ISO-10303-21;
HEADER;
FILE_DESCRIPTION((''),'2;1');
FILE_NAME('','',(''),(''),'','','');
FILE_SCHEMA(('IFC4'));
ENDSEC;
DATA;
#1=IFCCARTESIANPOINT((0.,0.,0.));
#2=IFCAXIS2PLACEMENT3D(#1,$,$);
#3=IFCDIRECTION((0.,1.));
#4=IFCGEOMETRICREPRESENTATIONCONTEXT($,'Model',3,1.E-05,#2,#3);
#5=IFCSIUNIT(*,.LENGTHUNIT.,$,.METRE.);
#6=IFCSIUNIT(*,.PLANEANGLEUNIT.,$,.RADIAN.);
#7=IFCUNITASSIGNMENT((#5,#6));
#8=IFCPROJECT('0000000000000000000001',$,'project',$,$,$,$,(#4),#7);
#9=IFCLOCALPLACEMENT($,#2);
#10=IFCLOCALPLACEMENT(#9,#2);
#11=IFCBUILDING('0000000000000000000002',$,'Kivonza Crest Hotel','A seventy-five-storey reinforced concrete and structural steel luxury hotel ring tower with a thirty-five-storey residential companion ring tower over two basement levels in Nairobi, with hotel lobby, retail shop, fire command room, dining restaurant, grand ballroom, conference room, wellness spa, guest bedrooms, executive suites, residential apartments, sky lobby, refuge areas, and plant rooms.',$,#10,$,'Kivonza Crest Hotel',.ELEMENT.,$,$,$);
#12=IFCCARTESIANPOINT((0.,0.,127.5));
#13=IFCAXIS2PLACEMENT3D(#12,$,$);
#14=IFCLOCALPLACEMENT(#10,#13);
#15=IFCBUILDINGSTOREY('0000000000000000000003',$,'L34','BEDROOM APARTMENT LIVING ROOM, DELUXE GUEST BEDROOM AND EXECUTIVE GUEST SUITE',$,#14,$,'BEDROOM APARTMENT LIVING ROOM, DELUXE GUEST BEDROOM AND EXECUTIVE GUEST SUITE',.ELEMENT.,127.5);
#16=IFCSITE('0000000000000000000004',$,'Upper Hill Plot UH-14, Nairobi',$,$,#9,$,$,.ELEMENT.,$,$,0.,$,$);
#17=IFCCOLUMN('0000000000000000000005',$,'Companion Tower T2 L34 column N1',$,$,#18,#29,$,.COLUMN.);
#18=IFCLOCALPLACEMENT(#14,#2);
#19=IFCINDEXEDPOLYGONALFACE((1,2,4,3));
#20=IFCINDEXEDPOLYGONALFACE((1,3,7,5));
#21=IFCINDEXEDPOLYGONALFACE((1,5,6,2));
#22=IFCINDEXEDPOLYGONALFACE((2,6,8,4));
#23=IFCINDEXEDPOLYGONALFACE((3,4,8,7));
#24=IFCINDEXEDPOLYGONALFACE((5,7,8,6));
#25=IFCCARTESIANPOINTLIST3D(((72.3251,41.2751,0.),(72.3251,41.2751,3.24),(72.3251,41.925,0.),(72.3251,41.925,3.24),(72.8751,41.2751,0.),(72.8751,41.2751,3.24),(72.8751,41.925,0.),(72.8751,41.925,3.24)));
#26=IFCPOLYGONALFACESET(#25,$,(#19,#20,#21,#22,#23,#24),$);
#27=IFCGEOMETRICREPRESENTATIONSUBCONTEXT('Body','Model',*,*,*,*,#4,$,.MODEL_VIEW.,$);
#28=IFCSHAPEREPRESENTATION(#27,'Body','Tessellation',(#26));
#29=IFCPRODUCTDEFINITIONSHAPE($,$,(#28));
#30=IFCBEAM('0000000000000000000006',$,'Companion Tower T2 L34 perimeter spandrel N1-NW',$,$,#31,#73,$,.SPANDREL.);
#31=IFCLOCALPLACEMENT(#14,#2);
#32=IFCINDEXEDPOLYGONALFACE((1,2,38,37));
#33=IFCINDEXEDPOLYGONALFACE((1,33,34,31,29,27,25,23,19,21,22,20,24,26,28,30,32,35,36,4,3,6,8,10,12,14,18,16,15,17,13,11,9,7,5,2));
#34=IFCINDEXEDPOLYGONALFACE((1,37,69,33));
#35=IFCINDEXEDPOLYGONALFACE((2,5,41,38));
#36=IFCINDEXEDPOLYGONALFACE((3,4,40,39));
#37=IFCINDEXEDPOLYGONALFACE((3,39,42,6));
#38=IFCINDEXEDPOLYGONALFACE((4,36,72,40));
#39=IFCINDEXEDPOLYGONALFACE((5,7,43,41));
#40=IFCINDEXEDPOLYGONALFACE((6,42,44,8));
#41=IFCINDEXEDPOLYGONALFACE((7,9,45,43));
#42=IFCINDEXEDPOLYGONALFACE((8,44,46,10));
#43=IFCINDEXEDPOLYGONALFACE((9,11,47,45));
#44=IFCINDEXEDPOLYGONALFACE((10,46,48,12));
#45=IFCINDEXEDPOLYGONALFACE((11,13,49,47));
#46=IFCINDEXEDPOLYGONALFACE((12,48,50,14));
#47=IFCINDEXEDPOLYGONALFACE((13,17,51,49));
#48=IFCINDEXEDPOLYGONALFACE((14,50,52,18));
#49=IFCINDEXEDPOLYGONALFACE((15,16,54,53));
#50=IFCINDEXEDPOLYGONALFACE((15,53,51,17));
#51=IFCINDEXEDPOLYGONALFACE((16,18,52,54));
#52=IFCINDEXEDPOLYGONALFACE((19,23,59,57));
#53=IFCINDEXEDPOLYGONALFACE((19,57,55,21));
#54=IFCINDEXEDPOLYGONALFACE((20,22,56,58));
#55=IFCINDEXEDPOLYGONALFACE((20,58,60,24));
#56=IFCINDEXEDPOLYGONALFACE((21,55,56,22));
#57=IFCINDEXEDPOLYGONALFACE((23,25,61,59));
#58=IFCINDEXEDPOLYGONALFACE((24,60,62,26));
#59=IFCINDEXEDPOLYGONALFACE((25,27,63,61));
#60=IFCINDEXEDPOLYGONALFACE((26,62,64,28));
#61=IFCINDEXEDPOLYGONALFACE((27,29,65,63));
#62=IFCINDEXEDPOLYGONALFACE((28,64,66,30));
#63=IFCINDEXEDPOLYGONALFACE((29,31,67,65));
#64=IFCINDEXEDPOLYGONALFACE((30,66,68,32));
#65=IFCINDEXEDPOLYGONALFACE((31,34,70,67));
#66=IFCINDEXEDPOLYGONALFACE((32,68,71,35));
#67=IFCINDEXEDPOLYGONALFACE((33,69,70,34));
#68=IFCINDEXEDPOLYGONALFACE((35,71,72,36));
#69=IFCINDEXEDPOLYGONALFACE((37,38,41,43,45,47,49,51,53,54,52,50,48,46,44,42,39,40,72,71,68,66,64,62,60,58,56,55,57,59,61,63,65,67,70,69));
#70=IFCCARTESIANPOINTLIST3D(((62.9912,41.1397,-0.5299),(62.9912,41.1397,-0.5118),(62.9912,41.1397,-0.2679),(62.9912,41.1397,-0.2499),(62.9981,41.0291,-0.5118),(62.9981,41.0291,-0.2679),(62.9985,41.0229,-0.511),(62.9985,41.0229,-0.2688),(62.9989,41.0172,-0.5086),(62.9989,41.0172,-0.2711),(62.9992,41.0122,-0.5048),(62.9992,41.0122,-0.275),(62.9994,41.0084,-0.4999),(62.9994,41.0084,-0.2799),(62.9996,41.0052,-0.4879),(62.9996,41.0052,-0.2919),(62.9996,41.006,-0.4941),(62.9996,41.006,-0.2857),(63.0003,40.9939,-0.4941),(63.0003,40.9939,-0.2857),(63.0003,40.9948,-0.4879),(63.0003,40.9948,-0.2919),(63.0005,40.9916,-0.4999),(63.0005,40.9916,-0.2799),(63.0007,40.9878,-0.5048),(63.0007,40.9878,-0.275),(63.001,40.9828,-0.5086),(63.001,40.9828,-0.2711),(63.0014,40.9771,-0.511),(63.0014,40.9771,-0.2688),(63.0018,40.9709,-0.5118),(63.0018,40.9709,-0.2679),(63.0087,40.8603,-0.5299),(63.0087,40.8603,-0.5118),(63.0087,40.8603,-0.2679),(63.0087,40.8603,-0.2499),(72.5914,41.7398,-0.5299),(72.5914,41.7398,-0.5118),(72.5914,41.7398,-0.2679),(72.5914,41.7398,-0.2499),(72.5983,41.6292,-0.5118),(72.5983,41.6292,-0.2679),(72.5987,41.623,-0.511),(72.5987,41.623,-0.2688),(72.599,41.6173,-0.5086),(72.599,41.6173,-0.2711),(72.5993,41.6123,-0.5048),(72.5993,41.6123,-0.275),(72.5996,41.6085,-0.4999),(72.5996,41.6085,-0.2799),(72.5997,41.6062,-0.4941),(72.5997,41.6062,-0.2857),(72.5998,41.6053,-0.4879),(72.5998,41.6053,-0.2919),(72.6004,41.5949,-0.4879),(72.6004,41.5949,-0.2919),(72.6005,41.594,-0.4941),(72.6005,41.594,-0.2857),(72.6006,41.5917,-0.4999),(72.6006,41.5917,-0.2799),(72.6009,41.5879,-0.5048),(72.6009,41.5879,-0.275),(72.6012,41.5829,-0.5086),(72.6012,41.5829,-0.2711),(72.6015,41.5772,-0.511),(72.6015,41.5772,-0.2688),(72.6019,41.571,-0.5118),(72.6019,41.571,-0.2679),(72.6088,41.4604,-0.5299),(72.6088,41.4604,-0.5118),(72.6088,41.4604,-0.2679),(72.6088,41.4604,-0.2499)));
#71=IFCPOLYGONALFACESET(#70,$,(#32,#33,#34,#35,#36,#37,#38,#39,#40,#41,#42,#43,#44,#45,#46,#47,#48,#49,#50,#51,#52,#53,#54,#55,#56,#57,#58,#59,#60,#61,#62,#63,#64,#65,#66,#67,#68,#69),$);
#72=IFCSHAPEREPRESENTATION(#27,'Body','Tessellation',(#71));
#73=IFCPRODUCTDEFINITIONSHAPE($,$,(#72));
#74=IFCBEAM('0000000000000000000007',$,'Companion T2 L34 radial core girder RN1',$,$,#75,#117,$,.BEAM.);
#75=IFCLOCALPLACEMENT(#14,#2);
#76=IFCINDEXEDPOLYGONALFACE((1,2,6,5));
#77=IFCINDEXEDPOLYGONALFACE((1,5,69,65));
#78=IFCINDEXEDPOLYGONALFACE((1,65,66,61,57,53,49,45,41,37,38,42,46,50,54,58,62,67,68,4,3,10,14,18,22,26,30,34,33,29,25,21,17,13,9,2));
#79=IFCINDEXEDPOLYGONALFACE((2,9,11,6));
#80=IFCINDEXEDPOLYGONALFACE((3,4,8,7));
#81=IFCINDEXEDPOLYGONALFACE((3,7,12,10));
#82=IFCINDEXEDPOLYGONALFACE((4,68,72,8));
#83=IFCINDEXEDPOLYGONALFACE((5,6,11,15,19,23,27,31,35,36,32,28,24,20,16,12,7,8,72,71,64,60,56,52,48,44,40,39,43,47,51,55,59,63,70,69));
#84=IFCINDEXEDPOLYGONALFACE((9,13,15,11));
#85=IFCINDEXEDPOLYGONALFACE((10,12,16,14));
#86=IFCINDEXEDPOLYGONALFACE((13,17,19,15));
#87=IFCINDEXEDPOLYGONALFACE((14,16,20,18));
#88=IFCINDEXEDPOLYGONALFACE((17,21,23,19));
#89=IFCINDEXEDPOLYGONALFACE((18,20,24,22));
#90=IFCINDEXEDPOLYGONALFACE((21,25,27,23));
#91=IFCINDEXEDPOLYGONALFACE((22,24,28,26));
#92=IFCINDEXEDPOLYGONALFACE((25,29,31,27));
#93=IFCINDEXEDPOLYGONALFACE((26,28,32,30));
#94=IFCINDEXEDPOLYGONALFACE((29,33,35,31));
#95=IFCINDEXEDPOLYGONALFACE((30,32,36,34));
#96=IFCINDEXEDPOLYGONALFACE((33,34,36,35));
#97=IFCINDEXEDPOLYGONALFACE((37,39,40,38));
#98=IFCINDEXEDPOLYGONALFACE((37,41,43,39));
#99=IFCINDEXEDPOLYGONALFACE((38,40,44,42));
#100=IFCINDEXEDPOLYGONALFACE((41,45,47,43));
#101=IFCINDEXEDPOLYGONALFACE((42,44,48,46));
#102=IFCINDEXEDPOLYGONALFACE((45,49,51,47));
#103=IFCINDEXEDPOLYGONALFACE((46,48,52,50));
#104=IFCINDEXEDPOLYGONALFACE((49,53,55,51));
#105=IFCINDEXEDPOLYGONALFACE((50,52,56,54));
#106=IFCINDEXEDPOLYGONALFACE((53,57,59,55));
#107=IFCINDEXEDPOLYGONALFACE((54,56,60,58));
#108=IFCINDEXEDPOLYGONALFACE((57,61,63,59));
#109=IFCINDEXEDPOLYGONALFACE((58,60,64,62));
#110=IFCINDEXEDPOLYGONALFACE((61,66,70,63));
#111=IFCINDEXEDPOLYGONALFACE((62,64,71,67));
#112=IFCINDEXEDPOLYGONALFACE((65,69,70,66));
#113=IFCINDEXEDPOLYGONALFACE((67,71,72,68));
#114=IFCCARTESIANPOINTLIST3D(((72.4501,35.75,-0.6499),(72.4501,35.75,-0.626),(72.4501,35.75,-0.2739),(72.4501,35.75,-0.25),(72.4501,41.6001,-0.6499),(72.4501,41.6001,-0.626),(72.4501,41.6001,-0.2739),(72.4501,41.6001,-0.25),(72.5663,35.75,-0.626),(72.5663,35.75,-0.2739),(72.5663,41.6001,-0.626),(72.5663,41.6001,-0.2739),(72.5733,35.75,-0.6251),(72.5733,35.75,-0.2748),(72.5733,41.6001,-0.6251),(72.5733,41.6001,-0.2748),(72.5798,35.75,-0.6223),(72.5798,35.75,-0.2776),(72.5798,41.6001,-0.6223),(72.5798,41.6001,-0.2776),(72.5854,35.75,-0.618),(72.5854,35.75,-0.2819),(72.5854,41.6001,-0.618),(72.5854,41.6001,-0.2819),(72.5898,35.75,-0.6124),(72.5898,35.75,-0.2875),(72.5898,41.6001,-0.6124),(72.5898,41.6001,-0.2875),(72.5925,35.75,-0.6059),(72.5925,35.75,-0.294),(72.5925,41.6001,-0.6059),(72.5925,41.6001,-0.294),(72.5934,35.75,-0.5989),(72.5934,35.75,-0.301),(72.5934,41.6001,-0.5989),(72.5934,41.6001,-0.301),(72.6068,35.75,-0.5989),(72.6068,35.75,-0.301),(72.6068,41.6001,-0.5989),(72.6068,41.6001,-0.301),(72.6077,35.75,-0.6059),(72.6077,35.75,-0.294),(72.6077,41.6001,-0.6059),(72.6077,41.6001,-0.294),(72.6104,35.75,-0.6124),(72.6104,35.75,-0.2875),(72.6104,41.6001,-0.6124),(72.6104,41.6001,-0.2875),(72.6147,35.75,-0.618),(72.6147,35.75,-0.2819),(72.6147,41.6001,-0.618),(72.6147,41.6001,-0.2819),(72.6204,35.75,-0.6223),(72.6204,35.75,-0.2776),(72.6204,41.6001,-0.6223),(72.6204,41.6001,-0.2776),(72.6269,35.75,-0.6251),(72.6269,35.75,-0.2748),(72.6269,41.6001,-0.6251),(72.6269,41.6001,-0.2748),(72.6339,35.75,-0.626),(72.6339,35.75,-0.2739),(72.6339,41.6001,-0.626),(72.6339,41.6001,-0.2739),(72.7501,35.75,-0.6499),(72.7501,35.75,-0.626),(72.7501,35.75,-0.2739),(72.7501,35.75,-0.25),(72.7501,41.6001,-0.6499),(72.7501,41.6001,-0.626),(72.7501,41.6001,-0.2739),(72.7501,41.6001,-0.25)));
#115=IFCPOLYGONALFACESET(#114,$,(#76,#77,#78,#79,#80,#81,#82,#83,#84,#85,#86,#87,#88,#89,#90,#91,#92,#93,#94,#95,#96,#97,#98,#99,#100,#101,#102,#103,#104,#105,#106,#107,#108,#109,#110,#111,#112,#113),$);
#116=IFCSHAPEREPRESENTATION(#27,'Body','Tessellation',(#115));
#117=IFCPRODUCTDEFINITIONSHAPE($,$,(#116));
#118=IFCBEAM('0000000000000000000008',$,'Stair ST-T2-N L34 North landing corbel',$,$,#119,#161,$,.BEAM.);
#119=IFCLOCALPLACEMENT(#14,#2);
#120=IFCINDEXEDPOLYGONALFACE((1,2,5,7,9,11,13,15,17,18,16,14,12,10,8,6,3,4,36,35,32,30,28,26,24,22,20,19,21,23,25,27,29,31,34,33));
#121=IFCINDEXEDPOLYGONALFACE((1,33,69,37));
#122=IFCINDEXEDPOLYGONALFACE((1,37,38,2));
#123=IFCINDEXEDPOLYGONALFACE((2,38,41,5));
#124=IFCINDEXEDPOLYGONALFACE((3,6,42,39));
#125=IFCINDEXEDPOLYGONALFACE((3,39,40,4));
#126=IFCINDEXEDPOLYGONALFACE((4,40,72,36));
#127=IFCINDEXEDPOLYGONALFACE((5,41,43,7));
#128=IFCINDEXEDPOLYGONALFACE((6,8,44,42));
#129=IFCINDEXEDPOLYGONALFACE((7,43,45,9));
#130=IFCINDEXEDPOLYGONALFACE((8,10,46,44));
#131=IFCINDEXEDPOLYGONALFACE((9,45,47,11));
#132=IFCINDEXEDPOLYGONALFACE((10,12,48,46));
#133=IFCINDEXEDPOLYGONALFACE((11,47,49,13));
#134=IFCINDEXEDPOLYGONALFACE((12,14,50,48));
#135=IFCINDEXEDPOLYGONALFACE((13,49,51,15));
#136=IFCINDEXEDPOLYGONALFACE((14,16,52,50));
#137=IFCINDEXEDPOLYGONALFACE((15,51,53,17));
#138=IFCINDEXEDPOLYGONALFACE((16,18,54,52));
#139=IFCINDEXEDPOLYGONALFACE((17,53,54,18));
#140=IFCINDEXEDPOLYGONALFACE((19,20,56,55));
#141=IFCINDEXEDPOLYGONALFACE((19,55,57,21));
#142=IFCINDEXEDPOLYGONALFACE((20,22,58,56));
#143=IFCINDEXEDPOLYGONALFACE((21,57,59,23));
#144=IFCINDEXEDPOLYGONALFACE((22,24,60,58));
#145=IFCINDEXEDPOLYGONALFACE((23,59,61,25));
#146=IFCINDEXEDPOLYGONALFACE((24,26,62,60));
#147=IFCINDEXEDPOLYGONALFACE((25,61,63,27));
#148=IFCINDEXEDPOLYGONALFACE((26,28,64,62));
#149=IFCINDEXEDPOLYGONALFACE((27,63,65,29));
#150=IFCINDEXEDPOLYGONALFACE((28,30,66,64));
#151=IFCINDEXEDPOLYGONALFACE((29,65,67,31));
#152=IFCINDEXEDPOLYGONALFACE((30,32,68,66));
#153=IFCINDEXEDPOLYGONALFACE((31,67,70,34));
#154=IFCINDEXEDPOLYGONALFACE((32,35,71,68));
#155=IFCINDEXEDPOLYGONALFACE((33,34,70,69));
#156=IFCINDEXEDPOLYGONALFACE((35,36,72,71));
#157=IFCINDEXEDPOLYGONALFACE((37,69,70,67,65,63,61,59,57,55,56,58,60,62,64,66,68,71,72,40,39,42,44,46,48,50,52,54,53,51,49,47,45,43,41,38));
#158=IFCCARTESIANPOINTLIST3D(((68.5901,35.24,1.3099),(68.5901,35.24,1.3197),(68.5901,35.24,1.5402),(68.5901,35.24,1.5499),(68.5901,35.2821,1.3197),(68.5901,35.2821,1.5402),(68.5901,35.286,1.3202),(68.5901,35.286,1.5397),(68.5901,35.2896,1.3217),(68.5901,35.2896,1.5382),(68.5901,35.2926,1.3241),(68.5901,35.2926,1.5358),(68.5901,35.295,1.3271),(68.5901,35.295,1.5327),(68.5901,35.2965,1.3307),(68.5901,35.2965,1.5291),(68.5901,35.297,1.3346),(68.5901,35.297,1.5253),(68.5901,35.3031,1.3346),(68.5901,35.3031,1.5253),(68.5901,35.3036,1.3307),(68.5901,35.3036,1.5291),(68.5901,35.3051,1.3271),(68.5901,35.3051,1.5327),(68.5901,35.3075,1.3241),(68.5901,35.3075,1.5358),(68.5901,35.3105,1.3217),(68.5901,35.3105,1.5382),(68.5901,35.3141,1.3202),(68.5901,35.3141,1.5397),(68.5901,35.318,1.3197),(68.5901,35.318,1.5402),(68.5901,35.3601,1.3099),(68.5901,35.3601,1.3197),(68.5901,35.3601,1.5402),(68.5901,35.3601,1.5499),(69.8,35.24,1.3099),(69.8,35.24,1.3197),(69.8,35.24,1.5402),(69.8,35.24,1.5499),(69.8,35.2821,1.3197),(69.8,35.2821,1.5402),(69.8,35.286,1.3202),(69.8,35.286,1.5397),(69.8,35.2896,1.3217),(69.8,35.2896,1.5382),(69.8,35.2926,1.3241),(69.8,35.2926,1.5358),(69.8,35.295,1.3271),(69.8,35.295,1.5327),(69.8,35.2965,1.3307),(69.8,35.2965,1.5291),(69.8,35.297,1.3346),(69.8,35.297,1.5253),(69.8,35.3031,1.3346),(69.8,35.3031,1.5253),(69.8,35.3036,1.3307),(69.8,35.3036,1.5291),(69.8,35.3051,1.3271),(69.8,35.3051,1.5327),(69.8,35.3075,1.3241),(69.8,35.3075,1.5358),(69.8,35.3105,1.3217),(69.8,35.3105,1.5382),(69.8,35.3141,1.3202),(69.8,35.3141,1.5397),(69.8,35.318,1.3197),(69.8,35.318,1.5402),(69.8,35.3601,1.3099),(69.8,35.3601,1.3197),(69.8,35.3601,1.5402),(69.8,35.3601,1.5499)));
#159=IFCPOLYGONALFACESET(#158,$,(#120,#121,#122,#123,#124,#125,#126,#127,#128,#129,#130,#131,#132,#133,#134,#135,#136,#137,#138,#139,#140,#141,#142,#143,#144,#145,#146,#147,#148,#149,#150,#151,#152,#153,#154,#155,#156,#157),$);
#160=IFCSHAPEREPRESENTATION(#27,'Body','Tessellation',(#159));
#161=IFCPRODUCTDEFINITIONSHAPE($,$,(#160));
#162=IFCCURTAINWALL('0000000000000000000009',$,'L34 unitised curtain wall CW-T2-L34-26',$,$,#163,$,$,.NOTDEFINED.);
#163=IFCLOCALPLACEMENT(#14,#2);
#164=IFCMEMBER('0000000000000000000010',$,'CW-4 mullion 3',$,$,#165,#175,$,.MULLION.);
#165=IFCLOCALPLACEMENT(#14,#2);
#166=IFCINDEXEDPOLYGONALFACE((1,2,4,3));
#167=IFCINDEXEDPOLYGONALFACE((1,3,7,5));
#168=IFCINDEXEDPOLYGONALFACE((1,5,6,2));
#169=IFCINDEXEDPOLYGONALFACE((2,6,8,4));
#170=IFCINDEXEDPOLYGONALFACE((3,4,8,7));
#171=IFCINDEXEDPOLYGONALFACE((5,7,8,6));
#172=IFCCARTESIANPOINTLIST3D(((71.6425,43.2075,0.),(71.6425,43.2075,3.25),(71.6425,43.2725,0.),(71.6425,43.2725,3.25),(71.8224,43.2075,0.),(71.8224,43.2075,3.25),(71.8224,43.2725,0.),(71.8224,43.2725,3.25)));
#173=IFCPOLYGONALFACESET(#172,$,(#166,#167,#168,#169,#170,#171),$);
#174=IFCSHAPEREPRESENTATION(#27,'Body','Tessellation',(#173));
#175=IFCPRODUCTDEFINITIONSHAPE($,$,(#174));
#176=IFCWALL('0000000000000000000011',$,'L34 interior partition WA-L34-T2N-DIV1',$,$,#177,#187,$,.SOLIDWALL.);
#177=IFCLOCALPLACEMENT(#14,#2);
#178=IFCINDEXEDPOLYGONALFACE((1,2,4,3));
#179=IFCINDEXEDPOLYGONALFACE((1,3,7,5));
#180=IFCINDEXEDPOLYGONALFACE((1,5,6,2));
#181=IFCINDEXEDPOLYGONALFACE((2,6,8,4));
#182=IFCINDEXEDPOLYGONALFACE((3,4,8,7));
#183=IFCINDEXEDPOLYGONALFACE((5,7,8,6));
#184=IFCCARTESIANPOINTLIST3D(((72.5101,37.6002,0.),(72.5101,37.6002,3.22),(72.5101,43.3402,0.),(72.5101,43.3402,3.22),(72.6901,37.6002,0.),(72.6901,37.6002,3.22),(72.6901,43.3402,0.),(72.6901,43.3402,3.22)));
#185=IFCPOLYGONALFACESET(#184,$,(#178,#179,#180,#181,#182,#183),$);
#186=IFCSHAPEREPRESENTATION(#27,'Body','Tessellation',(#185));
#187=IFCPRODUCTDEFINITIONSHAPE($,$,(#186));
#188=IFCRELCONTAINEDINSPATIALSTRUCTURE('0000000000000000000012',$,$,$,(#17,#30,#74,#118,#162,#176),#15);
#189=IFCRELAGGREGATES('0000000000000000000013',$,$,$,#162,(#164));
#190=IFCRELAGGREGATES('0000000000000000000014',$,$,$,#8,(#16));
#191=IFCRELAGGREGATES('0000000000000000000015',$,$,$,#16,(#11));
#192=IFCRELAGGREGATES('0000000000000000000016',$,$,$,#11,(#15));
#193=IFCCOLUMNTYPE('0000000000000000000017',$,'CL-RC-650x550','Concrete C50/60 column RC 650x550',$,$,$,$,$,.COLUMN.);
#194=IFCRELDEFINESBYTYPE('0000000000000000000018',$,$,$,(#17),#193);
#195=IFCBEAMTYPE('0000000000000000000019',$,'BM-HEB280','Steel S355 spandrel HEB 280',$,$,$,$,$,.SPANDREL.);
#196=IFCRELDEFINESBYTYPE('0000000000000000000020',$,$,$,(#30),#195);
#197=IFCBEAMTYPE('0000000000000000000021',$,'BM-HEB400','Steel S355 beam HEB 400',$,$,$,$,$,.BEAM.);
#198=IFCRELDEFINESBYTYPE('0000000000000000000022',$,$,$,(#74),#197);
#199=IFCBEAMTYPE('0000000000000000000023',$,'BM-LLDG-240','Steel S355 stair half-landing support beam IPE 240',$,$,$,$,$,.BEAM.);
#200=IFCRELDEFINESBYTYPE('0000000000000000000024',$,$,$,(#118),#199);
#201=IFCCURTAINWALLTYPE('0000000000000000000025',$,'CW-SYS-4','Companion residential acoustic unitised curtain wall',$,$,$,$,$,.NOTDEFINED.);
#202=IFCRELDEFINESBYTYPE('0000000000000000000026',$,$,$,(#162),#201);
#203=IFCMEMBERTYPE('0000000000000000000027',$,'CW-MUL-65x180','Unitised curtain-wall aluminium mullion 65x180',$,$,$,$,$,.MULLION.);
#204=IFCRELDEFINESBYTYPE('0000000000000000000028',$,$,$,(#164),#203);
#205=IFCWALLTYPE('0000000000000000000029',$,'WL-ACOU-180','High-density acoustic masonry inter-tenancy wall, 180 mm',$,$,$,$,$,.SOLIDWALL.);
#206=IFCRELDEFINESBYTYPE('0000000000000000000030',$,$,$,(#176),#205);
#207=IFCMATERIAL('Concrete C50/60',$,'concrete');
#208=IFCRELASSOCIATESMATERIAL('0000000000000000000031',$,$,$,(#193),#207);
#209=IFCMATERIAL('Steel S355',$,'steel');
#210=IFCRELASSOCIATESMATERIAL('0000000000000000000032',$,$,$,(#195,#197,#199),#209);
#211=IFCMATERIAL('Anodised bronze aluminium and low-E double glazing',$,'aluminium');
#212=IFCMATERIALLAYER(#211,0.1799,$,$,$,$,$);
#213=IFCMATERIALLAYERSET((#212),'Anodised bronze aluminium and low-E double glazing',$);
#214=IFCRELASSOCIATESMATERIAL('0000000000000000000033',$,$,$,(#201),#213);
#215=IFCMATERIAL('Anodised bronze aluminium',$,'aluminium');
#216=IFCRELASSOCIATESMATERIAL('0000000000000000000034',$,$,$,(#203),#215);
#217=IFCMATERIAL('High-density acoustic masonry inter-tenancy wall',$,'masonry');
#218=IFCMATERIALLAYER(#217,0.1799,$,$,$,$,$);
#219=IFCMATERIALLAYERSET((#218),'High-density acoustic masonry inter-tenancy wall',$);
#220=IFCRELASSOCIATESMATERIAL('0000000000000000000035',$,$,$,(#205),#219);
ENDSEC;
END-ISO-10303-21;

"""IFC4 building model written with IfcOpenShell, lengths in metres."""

from ifc_helpers import new_model, si_unit, direction, frame, frame_2d, origin, origin_2d, place, context, subcontext, project, spatial, rectangle, i_section, extrude, material, layer, layer_set, material_profile, profile_set, type_object, element, aggregate, save


model = new_model("IFC4")

# Units and contexts
model_context = context("Model", 3, precision=1e-05, world=origin(), true_north=direction((0.0, 1.0)))
body_context = subcontext(model_context, "Body", "Model", "MODEL_VIEW")
ifc_project = project(units=[si_unit("LENGTHUNIT", "METRE"), si_unit("PLANEANGLEUNIT", "RADIAN")], contexts=[model_context])

# Site, building, storey
site_placement = place(None, origin())
site = spatial("IfcSite", under=ifc_project, at=site_placement, Name="Upper Hill Plot UH-14, Nairobi", CompositionType="ELEMENT", RefElevation=0.0)
building_placement = place(site_placement, origin())
building = spatial("IfcBuilding", under=site, at=building_placement, Name="Kivonza Crest Hotel", Description="A seventy-five-storey reinforced concrete and structural steel luxury hotel ring tower with a thirty-five-storey residential companion ring tower over two basement levels in Nairobi, with hotel lobby, retail shop, fire command room, dining restaurant, grand ballroom, conference room, wellness spa, guest bedrooms, executive suites, residential apartments, sky lobby, refuge areas, and plant rooms.", LongName="Kivonza Crest Hotel", CompositionType="ELEMENT")
storey_placement = place(building_placement, frame((0.0, 0.0, 127.5)))
storey = spatial("IfcBuildingStorey", under=building, at=storey_placement, Name="L34", Description="BEDROOM APARTMENT LIVING ROOM, DELUXE GUEST BEDROOM AND EXECUTIVE GUEST SUITE", LongName="BEDROOM APARTMENT LIVING ROOM, DELUXE GUEST BEDROOM AND EXECUTIVE GUEST SUITE", CompositionType="ELEMENT", Elevation=127.5)

# Column
ifc_material_1 = material(Name="Concrete C50/60", Category="concrete")
ifc_material_profile_1 = material_profile(ifc_material_1, rectangle(XDim=0.55, YDim=0.6499, at=origin_2d()), Name="RC 650x550")
ifc_profile_set_1 = profile_set([ifc_material_profile_1], Name="Concrete C50/60")
column_type = type_object("IfcColumnType", Name="CL-RC-650x550", Description="Concrete C50/60 column RC 650x550", PredefinedType="COLUMN", material=ifc_profile_set_1)
column_placement = place(storey_placement, frame((72.6001, 41.6001, 0.0), z_axis=(0.0, 0.0, 1.0), x_axis=(1.0, 0.0, 0.0)))
element("IfcColumn", 1, at=column_placement, inside=storey, type_object=column_type, Name="Companion Tower T2 L34 column N1", PredefinedType="COLUMN", context=body_context, shape_type="SweptSolid", body=[
    extrude(rectangle(XDim=0.55, YDim=0.6499, at=origin_2d()), origin(), (0.0, 0.0, 1.0), 3.24),
])

# Beams
ifc_material_2 = material(Name="Steel S355", Category="steel")
ifc_material_profile_2 = material_profile(ifc_material_2, i_section(OverallWidth=0.28, OverallDepth=0.28, WebThickness=0.0105, FlangeThickness=0.0181, FilletRadius=0.0239, at=origin_2d()), Name="HEB 280")
ifc_profile_set_2 = profile_set([ifc_material_profile_2], Name="Steel S355")
beam_type_1 = type_object("IfcBeamType", Name="BM-HEB280", Description="Steel S355 spandrel HEB 280", PredefinedType="SPANDREL", material=ifc_profile_set_2)
beam_1_placement = place(storey_placement, frame((72.6001, 41.6001, -0.3899), z_axis=(-0.998052, -0.062388, 0.0), x_axis=(0.062388, -0.998052, 0.0)))
element("IfcBeam", 2, at=beam_1_placement, inside=storey, type_object=beam_type_1, Name="Companion Tower T2 L34 perimeter spandrel N1-NW", PredefinedType="SPANDREL", context=body_context, shape_type="SweptSolid", body=[
    extrude(i_section(OverallWidth=0.28, OverallDepth=0.28, WebThickness=0.0105, FlangeThickness=0.0181, FilletRadius=0.0239, at=origin_2d()), origin(), (0.0, 0.0, 1.0), 9.6189),
])
ifc_material_profile_3 = material_profile(ifc_material_2, i_section(OverallWidth=0.3, OverallDepth=0.3999, WebThickness=0.0134, FlangeThickness=0.0239, FilletRadius=0.0271, at=origin_2d()), Name="HEB 400")
ifc_profile_set_3 = profile_set([ifc_material_profile_3], Name="Steel S355")
beam_type_2 = type_object("IfcBeamType", Name="BM-HEB400", Description="Steel S355 beam HEB 400", PredefinedType="BEAM", material=ifc_profile_set_3)
beam_2_placement = place(storey_placement, frame((72.6001, 41.6001, -0.45), z_axis=(0.0, -1.0, 0.0), x_axis=(1.0, 0.0, 0.0)))
element("IfcBeam", 3, at=beam_2_placement, inside=storey, type_object=beam_type_2, Name="Companion T2 L34 radial core girder RN1", PredefinedType="BEAM", context=body_context, shape_type="SweptSolid", body=[
    extrude(i_section(OverallWidth=0.3, OverallDepth=0.3999, WebThickness=0.0134, FlangeThickness=0.0239, FilletRadius=0.0271, at=origin_2d()), origin(), (0.0, 0.0, 1.0), 5.8501),
])
ifc_material_profile_4 = material_profile(ifc_material_2, i_section(OverallWidth=0.1201, OverallDepth=0.24, WebThickness=0.0061, FlangeThickness=0.0098, FilletRadius=0.0149, at=origin_2d()), Name="IPE 240")
ifc_profile_set_4 = profile_set([ifc_material_profile_4], Name="Steel S355")
beam_type_3 = type_object("IfcBeamType", Name="BM-LLDG-240", Description="Steel S355 stair half-landing support beam IPE 240", PredefinedType="BEAM", material=ifc_profile_set_4)
beam_3_placement = place(storey_placement, frame((68.5901, 35.3, 1.4299), z_axis=(1.0, 0.0, 0.0), x_axis=(0.0, 1.0, 0.0)))
element("IfcBeam", 4, at=beam_3_placement, inside=storey, type_object=beam_type_3, Name="Stair ST-T2-N L34 North landing corbel", PredefinedType="BEAM", context=body_context, shape_type="SweptSolid", body=[
    extrude(i_section(OverallWidth=0.1201, OverallDepth=0.24, WebThickness=0.0061, FlangeThickness=0.0098, FilletRadius=0.0149, at=origin_2d()), origin(), (0.0, 0.0, 1.0), 1.21),
])

# Curtain wall, member
ifc_material_3 = material(Name="Anodised bronze aluminium and low-E double glazing", Category="aluminium")
ifc_layer_1 = layer(ifc_material_3, 0.1799)
ifc_layer_set_1 = layer_set([ifc_layer_1], Name="Anodised bronze aluminium and low-E double glazing")
curtain_wall_type = type_object("IfcCurtainWallType", Name="CW-SYS-4", Description="Companion residential acoustic unitised curtain wall", PredefinedType="NOTDEFINED", material=ifc_layer_set_1)
curtain_wall_placement = place(storey_placement, origin())
curtain_wall = element("IfcCurtainWall", 5, at=curtain_wall_placement, inside=storey, type_object=curtain_wall_type, Name="L34 unitised curtain wall CW-T2-L34-26", PredefinedType="NOTDEFINED")
ifc_material_4 = material(Name="Anodised bronze aluminium", Category="aluminium")
ifc_material_profile_5 = material_profile(ifc_material_4, rectangle(XDim=0.0649, YDim=0.1799, at=origin_2d()), Name="CW-M 65x180")
ifc_profile_set_5 = profile_set([ifc_material_profile_5], Name="Anodised bronze aluminium")
member_type = type_object("IfcMemberType", Name="CW-MUL-65x180", Description="Unitised curtain-wall aluminium mullion 65x180", PredefinedType="MULLION", material=ifc_profile_set_5)
member_placement = place(storey_placement, frame((71.7324, 43.24, 0.0), z_axis=(0.0, 0.0, 1.0), x_axis=(0.0, -1.0, 0.0)))
member = element("IfcMember", 6, at=member_placement, type_object=member_type, Name="CW-4 mullion 3", PredefinedType="MULLION", context=body_context, shape_type="SweptSolid", body=[
    extrude(rectangle(XDim=0.0649, YDim=0.1799, at=origin_2d()), origin(), (0.0, 0.0, 1.0), 3.25),
])
aggregate(curtain_wall, [member])

# Wall
ifc_material_5 = material(Name="High-density acoustic masonry inter-tenancy wall", Category="masonry")
ifc_layer_2 = layer(ifc_material_5, 0.1799)
ifc_layer_set_2 = layer_set([ifc_layer_2], Name="High-density acoustic masonry inter-tenancy wall")
wall_type_1 = type_object("IfcWallType", Name="WL-ACOU-180", Description="High-density acoustic masonry inter-tenancy wall, 180 mm", PredefinedType="SOLIDWALL", material=ifc_layer_set_2)
wall_1_placement = place(storey_placement, frame((72.6001, 37.6001, 0.0), z_axis=(0.0, 0.0, 1.0), x_axis=(0.0, 1.0, 0.0)))
element("IfcWall", 7, at=wall_1_placement, inside=storey, type_object=wall_type_1, Name="L34 interior partition WA-L34-T2N-DIV1", PredefinedType="SOLIDWALL", context=body_context, shape_type="SweptSolid", body=[
    extrude(rectangle(XDim=5.74, YDim=0.1799, at=frame_2d((2.8701, 0.0))), origin(), (0.0, 0.0, 1.0), 3.22),
])

save(model, "model.ifc")
